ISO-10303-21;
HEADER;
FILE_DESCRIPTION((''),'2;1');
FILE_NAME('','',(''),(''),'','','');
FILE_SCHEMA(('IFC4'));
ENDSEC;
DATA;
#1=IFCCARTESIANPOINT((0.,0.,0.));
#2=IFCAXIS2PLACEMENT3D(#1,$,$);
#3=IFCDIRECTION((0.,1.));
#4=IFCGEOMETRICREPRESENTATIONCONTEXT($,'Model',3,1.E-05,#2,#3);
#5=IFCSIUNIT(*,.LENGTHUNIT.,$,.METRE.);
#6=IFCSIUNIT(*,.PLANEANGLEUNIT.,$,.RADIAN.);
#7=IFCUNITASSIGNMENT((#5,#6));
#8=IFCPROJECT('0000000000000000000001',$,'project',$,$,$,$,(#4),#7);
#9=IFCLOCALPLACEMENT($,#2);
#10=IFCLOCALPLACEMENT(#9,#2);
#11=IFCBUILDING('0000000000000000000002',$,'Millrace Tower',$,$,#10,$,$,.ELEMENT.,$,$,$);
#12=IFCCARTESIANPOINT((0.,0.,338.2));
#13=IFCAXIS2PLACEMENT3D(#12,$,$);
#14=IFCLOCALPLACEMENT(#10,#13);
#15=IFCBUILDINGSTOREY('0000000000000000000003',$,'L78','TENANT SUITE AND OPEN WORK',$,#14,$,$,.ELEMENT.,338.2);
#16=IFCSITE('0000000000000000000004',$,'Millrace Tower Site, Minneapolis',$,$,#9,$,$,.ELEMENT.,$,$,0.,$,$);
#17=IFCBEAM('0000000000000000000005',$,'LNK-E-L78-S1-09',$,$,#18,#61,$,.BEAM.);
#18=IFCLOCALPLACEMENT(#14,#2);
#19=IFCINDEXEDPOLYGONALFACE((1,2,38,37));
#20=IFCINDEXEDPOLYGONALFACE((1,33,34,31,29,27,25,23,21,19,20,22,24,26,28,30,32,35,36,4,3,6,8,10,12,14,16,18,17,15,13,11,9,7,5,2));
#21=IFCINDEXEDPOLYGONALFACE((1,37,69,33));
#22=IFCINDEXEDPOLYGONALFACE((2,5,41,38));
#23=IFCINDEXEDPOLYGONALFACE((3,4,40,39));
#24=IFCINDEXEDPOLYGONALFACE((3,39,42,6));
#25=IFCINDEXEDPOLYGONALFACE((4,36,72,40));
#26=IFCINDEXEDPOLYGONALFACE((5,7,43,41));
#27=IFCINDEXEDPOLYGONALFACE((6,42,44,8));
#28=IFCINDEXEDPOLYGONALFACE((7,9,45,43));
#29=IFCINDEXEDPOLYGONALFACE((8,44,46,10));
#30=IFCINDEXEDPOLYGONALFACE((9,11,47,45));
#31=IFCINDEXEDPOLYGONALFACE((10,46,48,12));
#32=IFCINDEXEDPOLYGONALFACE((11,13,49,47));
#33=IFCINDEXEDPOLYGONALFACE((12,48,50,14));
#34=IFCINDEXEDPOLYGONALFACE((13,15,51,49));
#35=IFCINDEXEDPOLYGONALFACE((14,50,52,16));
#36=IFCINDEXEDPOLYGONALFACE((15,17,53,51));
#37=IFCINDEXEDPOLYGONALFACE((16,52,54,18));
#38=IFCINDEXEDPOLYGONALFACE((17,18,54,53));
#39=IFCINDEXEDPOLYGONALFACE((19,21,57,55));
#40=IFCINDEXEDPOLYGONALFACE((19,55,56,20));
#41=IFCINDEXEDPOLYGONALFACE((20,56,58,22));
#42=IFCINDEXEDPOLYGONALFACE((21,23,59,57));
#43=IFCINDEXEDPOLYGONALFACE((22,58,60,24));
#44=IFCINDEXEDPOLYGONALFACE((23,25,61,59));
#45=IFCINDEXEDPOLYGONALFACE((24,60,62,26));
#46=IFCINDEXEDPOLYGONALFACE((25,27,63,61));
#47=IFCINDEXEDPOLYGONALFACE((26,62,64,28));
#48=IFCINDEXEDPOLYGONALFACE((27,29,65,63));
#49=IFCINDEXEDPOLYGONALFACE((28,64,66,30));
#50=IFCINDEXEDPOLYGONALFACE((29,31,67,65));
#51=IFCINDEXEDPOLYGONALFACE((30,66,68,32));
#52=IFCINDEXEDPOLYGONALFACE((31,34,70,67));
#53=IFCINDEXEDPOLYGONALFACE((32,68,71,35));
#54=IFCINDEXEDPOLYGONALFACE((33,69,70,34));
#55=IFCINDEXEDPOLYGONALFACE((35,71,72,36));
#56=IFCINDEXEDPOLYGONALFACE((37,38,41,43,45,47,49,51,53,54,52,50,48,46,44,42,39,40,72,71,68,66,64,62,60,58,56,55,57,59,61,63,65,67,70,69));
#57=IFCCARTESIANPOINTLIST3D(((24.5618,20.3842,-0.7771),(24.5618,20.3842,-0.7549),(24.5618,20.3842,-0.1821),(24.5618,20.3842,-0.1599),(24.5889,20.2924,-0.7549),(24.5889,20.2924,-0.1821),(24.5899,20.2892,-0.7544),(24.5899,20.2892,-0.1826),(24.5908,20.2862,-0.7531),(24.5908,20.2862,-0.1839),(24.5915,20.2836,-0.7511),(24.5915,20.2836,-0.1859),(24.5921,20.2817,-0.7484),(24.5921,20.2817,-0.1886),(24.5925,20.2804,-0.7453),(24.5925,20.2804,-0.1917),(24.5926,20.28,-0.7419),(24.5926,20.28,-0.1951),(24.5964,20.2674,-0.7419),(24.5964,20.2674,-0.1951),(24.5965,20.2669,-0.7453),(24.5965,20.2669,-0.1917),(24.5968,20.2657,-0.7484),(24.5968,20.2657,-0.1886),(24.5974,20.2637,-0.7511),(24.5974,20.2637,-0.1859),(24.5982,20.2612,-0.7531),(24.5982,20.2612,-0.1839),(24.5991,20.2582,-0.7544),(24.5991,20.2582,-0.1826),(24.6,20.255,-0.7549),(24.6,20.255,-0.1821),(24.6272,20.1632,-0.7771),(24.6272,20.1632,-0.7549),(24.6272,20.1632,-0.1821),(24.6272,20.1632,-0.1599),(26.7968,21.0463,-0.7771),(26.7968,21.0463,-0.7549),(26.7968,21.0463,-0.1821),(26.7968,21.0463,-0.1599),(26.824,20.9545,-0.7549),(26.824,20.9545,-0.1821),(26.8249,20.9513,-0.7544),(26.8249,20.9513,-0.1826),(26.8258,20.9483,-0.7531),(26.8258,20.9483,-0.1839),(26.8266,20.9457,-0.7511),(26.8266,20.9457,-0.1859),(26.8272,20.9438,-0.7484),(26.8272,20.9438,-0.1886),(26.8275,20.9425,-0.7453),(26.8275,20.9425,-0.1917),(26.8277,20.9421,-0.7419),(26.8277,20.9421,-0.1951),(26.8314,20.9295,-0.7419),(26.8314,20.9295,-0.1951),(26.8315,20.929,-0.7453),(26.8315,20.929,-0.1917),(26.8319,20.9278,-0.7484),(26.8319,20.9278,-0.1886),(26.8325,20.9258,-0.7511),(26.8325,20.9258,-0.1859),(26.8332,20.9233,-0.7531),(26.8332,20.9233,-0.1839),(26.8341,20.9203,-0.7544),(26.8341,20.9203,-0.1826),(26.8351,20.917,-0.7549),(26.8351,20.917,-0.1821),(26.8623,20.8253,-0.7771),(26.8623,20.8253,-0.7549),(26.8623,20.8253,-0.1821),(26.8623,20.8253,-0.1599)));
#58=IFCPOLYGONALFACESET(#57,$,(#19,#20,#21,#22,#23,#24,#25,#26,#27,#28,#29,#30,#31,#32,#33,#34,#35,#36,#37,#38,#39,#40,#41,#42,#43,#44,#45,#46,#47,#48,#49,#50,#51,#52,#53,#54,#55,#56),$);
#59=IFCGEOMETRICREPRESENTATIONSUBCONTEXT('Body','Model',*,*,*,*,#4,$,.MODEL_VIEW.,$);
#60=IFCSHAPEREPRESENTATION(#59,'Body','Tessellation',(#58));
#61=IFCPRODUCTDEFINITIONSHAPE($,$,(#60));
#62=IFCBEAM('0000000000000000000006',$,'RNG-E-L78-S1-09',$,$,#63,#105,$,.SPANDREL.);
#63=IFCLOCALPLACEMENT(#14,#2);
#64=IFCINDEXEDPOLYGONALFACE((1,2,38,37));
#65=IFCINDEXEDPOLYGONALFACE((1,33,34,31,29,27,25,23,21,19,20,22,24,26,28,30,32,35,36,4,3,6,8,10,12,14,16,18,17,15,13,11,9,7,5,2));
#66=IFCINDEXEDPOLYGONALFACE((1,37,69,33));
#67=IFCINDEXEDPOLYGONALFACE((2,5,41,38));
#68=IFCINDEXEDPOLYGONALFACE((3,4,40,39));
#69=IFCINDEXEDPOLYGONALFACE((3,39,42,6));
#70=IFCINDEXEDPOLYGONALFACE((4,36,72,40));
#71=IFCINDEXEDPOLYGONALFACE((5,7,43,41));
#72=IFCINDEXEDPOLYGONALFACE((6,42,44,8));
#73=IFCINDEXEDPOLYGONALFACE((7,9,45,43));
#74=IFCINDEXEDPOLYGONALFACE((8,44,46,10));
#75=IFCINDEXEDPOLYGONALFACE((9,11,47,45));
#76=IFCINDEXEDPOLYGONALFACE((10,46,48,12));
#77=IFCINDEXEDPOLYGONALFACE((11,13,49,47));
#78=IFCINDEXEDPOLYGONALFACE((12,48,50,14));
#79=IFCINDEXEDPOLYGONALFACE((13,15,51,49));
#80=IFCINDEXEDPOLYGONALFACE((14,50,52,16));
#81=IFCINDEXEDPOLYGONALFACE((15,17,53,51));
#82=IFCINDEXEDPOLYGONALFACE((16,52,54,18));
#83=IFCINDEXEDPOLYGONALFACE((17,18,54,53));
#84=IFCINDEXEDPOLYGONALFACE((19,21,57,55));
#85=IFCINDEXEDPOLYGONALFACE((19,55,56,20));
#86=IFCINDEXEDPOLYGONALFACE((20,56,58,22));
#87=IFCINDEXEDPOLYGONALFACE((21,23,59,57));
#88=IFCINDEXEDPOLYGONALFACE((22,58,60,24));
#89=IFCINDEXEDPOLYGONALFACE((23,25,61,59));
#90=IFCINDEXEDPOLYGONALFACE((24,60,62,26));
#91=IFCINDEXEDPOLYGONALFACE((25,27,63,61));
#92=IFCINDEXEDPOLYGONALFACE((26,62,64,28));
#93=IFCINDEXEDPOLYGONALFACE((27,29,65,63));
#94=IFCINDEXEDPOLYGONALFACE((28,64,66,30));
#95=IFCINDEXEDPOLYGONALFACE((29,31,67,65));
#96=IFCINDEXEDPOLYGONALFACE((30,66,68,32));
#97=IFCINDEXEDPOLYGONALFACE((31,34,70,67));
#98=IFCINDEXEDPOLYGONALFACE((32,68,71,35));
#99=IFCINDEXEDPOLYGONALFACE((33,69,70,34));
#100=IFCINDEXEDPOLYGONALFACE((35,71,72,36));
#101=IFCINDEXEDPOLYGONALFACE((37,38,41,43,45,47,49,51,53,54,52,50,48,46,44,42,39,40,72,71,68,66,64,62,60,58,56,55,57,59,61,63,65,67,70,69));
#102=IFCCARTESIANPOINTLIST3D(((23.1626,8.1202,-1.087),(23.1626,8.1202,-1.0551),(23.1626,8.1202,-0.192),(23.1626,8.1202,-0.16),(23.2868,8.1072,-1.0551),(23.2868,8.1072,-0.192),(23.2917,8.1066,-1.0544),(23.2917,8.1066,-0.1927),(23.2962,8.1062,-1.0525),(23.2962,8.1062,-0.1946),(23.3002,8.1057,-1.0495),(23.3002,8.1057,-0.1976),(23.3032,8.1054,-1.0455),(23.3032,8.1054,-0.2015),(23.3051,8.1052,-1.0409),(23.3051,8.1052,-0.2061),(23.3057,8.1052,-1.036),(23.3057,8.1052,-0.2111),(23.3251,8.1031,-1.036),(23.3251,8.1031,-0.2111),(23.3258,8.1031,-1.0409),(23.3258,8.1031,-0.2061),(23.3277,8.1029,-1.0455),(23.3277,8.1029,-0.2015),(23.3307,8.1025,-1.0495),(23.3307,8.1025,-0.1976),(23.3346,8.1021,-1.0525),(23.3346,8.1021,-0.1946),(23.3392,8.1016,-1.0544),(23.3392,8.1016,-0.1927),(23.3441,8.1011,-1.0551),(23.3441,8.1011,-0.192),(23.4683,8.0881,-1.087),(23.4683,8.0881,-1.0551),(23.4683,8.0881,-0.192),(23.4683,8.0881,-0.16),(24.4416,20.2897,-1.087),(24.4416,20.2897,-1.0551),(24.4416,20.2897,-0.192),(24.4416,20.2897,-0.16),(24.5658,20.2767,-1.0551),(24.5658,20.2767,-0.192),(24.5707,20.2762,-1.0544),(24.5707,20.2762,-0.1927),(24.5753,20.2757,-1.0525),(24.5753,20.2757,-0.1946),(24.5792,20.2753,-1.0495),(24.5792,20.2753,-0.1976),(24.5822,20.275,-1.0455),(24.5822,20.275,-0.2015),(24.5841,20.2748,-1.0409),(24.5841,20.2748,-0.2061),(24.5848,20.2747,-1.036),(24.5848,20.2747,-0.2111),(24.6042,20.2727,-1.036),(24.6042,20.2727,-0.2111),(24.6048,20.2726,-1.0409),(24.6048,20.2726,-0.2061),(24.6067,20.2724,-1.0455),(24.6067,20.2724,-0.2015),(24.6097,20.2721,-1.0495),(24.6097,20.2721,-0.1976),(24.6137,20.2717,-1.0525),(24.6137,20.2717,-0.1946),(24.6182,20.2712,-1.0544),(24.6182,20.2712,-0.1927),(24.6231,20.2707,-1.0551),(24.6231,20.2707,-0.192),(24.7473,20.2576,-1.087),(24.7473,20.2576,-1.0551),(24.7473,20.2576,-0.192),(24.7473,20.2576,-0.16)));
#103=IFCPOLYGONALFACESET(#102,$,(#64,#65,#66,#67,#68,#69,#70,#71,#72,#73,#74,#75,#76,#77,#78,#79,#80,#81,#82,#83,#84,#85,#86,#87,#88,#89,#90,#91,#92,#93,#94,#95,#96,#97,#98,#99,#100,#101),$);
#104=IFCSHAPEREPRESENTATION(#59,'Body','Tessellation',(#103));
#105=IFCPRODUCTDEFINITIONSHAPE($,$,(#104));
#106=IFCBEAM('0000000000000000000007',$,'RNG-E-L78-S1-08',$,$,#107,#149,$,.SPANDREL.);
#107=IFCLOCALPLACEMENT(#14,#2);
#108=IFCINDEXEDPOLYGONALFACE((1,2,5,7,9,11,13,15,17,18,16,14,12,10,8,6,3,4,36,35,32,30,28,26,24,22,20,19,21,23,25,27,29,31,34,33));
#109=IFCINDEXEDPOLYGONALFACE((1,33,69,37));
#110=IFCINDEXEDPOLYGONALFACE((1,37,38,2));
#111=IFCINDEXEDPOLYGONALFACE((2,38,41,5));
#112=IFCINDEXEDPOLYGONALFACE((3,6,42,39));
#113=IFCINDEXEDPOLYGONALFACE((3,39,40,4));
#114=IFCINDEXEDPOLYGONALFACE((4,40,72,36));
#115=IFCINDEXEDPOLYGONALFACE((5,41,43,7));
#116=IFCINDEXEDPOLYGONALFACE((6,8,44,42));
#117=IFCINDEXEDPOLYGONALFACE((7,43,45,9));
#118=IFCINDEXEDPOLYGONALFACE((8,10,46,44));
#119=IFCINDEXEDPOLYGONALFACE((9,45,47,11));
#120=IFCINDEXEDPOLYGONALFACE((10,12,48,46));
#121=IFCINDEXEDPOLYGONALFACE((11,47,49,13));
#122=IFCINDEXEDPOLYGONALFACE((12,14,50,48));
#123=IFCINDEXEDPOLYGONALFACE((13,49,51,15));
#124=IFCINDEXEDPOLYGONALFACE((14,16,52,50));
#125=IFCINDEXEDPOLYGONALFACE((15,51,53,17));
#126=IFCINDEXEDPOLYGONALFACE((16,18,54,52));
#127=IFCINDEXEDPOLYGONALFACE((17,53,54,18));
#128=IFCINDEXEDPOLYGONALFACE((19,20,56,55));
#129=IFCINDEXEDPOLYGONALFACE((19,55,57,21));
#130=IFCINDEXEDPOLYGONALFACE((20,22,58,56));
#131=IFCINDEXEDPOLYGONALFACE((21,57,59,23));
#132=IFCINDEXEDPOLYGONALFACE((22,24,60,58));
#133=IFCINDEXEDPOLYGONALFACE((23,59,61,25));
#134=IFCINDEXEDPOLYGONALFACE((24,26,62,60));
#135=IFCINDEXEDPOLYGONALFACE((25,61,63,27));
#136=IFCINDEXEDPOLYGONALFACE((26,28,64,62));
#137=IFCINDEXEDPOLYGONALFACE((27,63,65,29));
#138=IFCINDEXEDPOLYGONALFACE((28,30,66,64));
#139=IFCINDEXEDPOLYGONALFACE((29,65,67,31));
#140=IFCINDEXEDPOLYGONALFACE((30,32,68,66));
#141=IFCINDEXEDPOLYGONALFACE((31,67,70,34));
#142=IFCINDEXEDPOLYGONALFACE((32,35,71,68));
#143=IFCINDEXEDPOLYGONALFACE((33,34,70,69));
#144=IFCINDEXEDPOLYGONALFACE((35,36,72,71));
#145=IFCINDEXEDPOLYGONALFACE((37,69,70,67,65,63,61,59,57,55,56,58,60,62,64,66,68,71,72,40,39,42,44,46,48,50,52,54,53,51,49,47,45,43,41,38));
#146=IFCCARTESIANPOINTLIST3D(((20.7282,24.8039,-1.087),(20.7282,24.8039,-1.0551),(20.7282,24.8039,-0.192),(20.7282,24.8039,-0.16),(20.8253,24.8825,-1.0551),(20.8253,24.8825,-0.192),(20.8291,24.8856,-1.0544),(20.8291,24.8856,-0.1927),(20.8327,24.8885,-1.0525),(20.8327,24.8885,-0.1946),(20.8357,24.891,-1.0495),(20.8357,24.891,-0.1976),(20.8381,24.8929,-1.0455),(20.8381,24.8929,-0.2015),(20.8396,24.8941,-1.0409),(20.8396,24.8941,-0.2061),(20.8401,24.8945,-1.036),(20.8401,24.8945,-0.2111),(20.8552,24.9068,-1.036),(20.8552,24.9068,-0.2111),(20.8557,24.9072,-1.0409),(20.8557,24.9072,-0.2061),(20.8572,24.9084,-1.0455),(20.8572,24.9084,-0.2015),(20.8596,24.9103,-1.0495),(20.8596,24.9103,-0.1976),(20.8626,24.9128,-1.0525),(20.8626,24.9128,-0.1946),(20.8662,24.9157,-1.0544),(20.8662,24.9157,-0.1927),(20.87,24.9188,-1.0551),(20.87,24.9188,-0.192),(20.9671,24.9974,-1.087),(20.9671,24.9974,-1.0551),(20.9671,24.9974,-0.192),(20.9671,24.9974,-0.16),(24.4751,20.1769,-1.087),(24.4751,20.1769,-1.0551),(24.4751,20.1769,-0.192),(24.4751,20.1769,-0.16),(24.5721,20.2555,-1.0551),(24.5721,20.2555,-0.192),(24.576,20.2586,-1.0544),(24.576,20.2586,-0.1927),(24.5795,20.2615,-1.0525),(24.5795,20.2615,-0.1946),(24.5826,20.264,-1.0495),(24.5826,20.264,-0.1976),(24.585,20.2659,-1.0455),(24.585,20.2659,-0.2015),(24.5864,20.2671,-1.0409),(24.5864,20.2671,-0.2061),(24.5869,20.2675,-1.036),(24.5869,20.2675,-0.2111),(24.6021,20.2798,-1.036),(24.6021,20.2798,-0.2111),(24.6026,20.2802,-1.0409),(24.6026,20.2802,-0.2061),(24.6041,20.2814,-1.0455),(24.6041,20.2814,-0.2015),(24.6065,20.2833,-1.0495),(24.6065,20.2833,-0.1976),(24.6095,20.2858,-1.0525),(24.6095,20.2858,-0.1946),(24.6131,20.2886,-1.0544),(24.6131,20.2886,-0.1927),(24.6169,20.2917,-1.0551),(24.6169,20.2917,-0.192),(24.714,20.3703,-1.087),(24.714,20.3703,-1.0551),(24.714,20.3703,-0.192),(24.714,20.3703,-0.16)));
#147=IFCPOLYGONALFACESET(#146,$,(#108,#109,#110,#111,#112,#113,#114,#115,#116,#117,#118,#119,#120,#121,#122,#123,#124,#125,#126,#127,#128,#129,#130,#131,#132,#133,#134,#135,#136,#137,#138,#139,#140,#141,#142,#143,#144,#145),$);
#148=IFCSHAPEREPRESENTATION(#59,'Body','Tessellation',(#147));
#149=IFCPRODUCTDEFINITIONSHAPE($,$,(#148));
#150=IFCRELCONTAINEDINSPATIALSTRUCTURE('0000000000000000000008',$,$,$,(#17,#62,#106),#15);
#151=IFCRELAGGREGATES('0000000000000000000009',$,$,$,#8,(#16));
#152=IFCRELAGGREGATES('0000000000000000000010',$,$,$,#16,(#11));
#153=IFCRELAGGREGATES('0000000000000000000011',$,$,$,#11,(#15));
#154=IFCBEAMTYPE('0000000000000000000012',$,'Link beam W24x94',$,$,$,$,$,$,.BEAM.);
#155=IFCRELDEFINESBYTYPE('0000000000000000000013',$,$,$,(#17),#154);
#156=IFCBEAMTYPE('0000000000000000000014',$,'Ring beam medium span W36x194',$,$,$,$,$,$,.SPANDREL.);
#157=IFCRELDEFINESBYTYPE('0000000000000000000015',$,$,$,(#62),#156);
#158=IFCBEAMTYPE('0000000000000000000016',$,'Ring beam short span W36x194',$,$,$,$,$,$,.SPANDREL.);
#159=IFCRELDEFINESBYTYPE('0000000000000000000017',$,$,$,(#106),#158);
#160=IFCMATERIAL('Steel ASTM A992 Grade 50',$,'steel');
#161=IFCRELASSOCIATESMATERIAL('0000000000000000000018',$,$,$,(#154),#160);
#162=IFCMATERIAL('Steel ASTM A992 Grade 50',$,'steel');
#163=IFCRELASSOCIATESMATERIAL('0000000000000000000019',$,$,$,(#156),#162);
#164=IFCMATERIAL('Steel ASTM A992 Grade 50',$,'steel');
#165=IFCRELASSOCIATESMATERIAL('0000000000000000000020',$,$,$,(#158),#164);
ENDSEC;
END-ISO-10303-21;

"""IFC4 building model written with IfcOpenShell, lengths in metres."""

from ifc_helpers import new_model, si_unit, direction, frame, origin, origin_2d, place, context, subcontext, project, spatial, i_section, extrude, material, material_profile, profile_set, type_object, element, save


model = new_model("IFC4")

# Units and contexts
model_context = context("Model", 3, precision=1e-05, world=origin(), true_north=direction((0.0, 1.0)))
body_context = subcontext(model_context, "Body", "Model", "MODEL_VIEW")
ifc_project = project(units=[si_unit("LENGTHUNIT", "METRE"), si_unit("PLANEANGLEUNIT", "RADIAN")], contexts=[model_context])

# Site, building, storey
site_placement = place(None, origin())
site = spatial("IfcSite", under=ifc_project, at=site_placement, Name="Millrace Tower Site, Minneapolis", CompositionType="ELEMENT", RefElevation=0.0)
building_placement = place(site_placement, origin())
building = spatial("IfcBuilding", under=site, at=building_placement, Name="Millrace Tower", CompositionType="ELEMENT")
storey_placement = place(building_placement, frame((0.0, 0.0, 338.2)))
storey = spatial("IfcBuildingStorey", under=building, at=storey_placement, Name="L78", Description="TENANT SUITE AND OPEN WORK", CompositionType="ELEMENT", Elevation=338.2)

# Beams
ifc_material_1 = material(Name="Steel ASTM A992 Grade 50", Category="steel")
ifc_material_profile_1 = material_profile(ifc_material_1, i_section(OverallWidth=0.2305, OverallDepth=0.6172, WebThickness=0.0132, FlangeThickness=0.0222, FilletRadius=0.0129, at=origin_2d()))
ifc_profile_set_1 = profile_set([ifc_material_profile_1], Name="Steel ASTM A992 Grade 50")
beam_type_1 = type_object("IfcBeamType", Name="Link beam W24x94", PredefinedType="BEAM", material=ifc_profile_set_1)
for number, where, z_axis, x_axis, name in (
    (1, (24.5945, 20.2737, -0.4685), (0.958815, 0.284031, 0.0), (-0.284031, 0.958815, 0.0), "LNK-E-L78-S1-09"),
):
    element("IfcBeam", number, at=place(storey_placement, frame(where, z_axis=z_axis, x_axis=x_axis)), inside=storey, type_object=beam_type_1, Name=name, PredefinedType="BEAM", context=body_context, shape_type="SweptSolid", body=[
        extrude(i_section(OverallWidth=0.2305, OverallDepth=0.6172, WebThickness=0.0132, FlangeThickness=0.0222, FilletRadius=0.0129, at=origin_2d()), origin(), (0.0, 0.0, 1.0), 2.3311),
    ])
ifc_material_2 = material(Name="Steel ASTM A992 Grade 50", Category="steel")
ifc_material_profile_2 = material_profile(ifc_material_2, i_section(OverallWidth=0.3074, OverallDepth=0.927, WebThickness=0.0195, FlangeThickness=0.032, FilletRadius=0.019, at=origin_2d()))
ifc_profile_set_2 = profile_set([ifc_material_profile_2], Name="Steel ASTM A992 Grade 50")
beam_type_2 = type_object("IfcBeamType", Name="Ring beam medium span W36x194", PredefinedType="SPANDREL", material=ifc_profile_set_2)
beam_1_placement = place(storey_placement, frame((24.5945, 20.2737, -0.6235), z_axis=(-0.104528, -0.994522, 0.0), x_axis=(0.994522, -0.104528, 0.0)))
element("IfcBeam", 2, at=beam_1_placement, inside=storey, type_object=beam_type_2, Name="RNG-E-L78-S1-09", PredefinedType="SPANDREL", context=body_context, shape_type="SweptSolid", body=[
    extrude(i_section(OverallWidth=0.3074, OverallDepth=0.927, WebThickness=0.0195, FlangeThickness=0.032, FilletRadius=0.019, at=origin_2d()), origin(), (0.0, 0.0, 1.0), 12.2366),
])
ifc_material_3 = material(Name="Steel ASTM A992 Grade 50", Category="steel")
ifc_material_profile_3 = material_profile(ifc_material_3, i_section(OverallWidth=0.3074, OverallDepth=0.927, WebThickness=0.0195, FlangeThickness=0.032, FilletRadius=0.019, at=origin_2d()))
ifc_profile_set_3 = profile_set([ifc_material_profile_3], Name="Steel ASTM A992 Grade 50")
beam_type_3 = type_object("IfcBeamType", Name="Ring beam short span W36x194", PredefinedType="SPANDREL", material=ifc_profile_set_3)
beam_2_placement = place(storey_placement, frame((20.8477, 24.9006, -0.6235), z_axis=(0.62932, -0.777147, 0.0), x_axis=(0.777147, 0.62932, 0.0)))
element("IfcBeam", 3, at=beam_2_placement, inside=storey, type_object=beam_type_3, Name="RNG-E-L78-S1-08", PredefinedType="SPANDREL", context=body_context, shape_type="SweptSolid", body=[
    extrude(i_section(OverallWidth=0.3074, OverallDepth=0.927, WebThickness=0.0195, FlangeThickness=0.032, FilletRadius=0.019, at=origin_2d()), origin(), (0.0, 0.0, 1.0), 5.9539),
])

save(model, "model.ifc")
